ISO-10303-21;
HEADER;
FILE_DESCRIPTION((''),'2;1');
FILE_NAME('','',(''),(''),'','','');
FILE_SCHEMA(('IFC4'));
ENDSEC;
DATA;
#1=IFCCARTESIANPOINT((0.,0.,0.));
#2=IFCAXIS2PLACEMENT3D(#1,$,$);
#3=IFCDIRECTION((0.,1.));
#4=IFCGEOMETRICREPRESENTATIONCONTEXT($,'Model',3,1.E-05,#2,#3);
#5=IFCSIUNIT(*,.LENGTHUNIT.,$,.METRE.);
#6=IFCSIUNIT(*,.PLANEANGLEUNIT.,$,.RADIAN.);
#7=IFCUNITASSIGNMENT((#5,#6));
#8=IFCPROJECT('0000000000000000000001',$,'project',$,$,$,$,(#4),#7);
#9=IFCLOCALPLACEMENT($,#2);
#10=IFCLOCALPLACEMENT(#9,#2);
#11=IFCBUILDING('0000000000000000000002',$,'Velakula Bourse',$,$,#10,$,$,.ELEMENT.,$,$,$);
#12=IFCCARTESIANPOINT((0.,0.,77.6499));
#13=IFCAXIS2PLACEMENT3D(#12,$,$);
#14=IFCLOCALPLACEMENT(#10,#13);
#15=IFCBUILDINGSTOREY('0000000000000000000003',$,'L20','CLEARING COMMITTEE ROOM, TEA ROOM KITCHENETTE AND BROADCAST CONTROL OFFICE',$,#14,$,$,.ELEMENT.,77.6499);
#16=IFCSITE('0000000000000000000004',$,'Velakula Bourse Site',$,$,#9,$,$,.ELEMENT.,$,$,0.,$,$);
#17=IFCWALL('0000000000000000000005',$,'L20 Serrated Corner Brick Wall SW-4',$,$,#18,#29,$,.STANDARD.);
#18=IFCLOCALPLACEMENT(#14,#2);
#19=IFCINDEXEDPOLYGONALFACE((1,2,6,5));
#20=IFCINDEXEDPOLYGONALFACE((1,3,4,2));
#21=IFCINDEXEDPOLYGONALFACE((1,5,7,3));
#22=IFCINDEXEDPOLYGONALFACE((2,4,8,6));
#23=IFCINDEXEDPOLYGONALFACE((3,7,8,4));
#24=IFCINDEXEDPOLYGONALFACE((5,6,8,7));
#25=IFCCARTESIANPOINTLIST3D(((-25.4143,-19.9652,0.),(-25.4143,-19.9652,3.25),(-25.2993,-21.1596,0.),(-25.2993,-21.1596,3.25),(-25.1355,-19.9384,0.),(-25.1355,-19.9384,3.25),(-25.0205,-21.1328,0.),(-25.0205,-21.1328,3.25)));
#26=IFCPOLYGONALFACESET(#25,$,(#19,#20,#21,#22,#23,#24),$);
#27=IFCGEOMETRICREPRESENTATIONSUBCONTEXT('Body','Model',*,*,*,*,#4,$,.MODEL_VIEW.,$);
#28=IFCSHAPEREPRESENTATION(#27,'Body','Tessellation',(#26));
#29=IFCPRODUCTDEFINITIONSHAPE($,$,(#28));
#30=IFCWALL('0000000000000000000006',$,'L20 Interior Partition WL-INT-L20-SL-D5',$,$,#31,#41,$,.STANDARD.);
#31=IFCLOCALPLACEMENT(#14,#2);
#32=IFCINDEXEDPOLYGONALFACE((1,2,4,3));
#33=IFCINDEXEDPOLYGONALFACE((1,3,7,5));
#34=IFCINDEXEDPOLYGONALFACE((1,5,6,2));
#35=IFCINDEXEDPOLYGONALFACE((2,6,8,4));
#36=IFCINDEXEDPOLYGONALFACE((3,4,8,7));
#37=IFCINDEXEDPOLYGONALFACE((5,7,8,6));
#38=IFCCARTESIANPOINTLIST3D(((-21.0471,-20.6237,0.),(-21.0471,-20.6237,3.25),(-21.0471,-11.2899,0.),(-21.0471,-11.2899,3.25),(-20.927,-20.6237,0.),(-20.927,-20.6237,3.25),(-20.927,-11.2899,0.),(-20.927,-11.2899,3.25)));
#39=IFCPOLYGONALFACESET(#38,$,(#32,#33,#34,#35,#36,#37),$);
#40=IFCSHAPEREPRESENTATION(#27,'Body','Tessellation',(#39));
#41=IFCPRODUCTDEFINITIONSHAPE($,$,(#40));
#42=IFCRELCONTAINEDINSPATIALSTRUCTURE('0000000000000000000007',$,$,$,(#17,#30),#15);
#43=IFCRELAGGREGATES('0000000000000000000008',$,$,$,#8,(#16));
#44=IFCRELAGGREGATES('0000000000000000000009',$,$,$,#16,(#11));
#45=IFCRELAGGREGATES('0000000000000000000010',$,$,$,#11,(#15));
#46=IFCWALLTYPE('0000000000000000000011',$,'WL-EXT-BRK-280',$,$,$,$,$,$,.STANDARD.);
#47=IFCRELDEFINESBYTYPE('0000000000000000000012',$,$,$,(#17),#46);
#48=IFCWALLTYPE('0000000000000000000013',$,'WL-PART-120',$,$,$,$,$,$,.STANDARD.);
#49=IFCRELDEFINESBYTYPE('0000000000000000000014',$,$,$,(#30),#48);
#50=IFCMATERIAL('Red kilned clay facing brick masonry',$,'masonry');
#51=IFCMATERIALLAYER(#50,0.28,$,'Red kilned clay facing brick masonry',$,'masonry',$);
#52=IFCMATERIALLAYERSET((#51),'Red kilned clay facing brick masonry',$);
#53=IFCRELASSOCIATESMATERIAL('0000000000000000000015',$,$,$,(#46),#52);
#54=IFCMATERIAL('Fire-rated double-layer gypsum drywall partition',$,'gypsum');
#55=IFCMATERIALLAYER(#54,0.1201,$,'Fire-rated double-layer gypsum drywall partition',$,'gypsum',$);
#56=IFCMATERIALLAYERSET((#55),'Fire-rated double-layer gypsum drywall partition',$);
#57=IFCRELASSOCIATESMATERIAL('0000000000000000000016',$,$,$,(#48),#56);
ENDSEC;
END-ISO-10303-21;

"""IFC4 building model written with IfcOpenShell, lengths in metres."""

from ifc_helpers import new_model, si_unit, direction, frame, frame_2d, origin, place, context, subcontext, project, spatial, rectangle, extrude, material, layer, layer_set, type_object, element, save


model = new_model("IFC4")

# Units and contexts
model_context = context("Model", 3, precision=1e-05, world=origin(), true_north=direction((0.0, 1.0)))
body_context = subcontext(model_context, "Body", "Model", "MODEL_VIEW")
ifc_project = project(units=[si_unit("LENGTHUNIT", "METRE"), si_unit("PLANEANGLEUNIT", "RADIAN")], contexts=[model_context])

# Site, building, storey
site_placement = place(None, origin())
site = spatial("IfcSite", under=ifc_project, at=site_placement, Name="Velakula Bourse Site", CompositionType="ELEMENT", RefElevation=0.0)
building_placement = place(site_placement, origin())
building = spatial("IfcBuilding", under=site, at=building_placement, Name="Velakula Bourse", CompositionType="ELEMENT")
storey_placement = place(building_placement, frame((0.0, 0.0, 77.6499)))
storey = spatial("IfcBuildingStorey", under=building, at=storey_placement, Name="L20", Description="CLEARING COMMITTEE ROOM, TEA ROOM KITCHENETTE AND BROADCAST CONTROL OFFICE", CompositionType="ELEMENT", Elevation=77.6499)

# Shared definitions
ifc_material_1 = material(Name="Red kilned clay facing brick masonry", Category="masonry")
ifc_layer_1 = layer(ifc_material_1, 0.28, Name="Red kilned clay facing brick masonry", Category="masonry")
ifc_layer_set_1 = layer_set([ifc_layer_1], Name="Red kilned clay facing brick masonry")
wall_type_1 = type_object("IfcWallType", Name="WL-EXT-BRK-280", PredefinedType="STANDARD", material=ifc_layer_set_1)

# Walls
wall_1_placement = place(storey_placement, frame((-25.2749, -19.9517, 0.0), z_axis=(0.0, 0.0, 1.0), x_axis=(0.095836, -0.995397, 0.0)))
element("IfcWall", 1, at=wall_1_placement, inside=storey, type_object=wall_type_1, Name="L20 Serrated Corner Brick Wall SW-4", PredefinedType="STANDARD", context=body_context, shape_type="SweptSolid", body=[
    extrude(rectangle(XDim=1.2, YDim=0.28, at=frame_2d((0.6001, 0.0))), origin(), (0.0, 0.0, 1.0), 3.25),
])
ifc_material_2 = material(Name="Fire-rated double-layer gypsum drywall partition", Category="gypsum")
ifc_layer_2 = layer(ifc_material_2, 0.1201, Name="Fire-rated double-layer gypsum drywall partition", Category="gypsum")
ifc_layer_set_2 = layer_set([ifc_layer_2], Name="Fire-rated double-layer gypsum drywall partition")
wall_type_2 = type_object("IfcWallType", Name="WL-PART-120", PredefinedType="STANDARD", material=ifc_layer_set_2)
wall_2_placement = place(storey_placement, frame((-20.9871, -20.6238, 0.0), z_axis=(0.0, 0.0, 1.0), x_axis=(0.0, 1.0, 0.0)))
element("IfcWall", 2, at=wall_2_placement, inside=storey, type_object=wall_type_2, Name="L20 Interior Partition WL-INT-L20-SL-D5", PredefinedType="STANDARD", context=body_context, shape_type="SweptSolid", body=[
    extrude(rectangle(XDim=9.3337, YDim=0.1201, at=frame_2d((4.667, 0.0))), origin(), (0.0, 0.0, 1.0), 3.25),
])

save(model, "model.ifc")
